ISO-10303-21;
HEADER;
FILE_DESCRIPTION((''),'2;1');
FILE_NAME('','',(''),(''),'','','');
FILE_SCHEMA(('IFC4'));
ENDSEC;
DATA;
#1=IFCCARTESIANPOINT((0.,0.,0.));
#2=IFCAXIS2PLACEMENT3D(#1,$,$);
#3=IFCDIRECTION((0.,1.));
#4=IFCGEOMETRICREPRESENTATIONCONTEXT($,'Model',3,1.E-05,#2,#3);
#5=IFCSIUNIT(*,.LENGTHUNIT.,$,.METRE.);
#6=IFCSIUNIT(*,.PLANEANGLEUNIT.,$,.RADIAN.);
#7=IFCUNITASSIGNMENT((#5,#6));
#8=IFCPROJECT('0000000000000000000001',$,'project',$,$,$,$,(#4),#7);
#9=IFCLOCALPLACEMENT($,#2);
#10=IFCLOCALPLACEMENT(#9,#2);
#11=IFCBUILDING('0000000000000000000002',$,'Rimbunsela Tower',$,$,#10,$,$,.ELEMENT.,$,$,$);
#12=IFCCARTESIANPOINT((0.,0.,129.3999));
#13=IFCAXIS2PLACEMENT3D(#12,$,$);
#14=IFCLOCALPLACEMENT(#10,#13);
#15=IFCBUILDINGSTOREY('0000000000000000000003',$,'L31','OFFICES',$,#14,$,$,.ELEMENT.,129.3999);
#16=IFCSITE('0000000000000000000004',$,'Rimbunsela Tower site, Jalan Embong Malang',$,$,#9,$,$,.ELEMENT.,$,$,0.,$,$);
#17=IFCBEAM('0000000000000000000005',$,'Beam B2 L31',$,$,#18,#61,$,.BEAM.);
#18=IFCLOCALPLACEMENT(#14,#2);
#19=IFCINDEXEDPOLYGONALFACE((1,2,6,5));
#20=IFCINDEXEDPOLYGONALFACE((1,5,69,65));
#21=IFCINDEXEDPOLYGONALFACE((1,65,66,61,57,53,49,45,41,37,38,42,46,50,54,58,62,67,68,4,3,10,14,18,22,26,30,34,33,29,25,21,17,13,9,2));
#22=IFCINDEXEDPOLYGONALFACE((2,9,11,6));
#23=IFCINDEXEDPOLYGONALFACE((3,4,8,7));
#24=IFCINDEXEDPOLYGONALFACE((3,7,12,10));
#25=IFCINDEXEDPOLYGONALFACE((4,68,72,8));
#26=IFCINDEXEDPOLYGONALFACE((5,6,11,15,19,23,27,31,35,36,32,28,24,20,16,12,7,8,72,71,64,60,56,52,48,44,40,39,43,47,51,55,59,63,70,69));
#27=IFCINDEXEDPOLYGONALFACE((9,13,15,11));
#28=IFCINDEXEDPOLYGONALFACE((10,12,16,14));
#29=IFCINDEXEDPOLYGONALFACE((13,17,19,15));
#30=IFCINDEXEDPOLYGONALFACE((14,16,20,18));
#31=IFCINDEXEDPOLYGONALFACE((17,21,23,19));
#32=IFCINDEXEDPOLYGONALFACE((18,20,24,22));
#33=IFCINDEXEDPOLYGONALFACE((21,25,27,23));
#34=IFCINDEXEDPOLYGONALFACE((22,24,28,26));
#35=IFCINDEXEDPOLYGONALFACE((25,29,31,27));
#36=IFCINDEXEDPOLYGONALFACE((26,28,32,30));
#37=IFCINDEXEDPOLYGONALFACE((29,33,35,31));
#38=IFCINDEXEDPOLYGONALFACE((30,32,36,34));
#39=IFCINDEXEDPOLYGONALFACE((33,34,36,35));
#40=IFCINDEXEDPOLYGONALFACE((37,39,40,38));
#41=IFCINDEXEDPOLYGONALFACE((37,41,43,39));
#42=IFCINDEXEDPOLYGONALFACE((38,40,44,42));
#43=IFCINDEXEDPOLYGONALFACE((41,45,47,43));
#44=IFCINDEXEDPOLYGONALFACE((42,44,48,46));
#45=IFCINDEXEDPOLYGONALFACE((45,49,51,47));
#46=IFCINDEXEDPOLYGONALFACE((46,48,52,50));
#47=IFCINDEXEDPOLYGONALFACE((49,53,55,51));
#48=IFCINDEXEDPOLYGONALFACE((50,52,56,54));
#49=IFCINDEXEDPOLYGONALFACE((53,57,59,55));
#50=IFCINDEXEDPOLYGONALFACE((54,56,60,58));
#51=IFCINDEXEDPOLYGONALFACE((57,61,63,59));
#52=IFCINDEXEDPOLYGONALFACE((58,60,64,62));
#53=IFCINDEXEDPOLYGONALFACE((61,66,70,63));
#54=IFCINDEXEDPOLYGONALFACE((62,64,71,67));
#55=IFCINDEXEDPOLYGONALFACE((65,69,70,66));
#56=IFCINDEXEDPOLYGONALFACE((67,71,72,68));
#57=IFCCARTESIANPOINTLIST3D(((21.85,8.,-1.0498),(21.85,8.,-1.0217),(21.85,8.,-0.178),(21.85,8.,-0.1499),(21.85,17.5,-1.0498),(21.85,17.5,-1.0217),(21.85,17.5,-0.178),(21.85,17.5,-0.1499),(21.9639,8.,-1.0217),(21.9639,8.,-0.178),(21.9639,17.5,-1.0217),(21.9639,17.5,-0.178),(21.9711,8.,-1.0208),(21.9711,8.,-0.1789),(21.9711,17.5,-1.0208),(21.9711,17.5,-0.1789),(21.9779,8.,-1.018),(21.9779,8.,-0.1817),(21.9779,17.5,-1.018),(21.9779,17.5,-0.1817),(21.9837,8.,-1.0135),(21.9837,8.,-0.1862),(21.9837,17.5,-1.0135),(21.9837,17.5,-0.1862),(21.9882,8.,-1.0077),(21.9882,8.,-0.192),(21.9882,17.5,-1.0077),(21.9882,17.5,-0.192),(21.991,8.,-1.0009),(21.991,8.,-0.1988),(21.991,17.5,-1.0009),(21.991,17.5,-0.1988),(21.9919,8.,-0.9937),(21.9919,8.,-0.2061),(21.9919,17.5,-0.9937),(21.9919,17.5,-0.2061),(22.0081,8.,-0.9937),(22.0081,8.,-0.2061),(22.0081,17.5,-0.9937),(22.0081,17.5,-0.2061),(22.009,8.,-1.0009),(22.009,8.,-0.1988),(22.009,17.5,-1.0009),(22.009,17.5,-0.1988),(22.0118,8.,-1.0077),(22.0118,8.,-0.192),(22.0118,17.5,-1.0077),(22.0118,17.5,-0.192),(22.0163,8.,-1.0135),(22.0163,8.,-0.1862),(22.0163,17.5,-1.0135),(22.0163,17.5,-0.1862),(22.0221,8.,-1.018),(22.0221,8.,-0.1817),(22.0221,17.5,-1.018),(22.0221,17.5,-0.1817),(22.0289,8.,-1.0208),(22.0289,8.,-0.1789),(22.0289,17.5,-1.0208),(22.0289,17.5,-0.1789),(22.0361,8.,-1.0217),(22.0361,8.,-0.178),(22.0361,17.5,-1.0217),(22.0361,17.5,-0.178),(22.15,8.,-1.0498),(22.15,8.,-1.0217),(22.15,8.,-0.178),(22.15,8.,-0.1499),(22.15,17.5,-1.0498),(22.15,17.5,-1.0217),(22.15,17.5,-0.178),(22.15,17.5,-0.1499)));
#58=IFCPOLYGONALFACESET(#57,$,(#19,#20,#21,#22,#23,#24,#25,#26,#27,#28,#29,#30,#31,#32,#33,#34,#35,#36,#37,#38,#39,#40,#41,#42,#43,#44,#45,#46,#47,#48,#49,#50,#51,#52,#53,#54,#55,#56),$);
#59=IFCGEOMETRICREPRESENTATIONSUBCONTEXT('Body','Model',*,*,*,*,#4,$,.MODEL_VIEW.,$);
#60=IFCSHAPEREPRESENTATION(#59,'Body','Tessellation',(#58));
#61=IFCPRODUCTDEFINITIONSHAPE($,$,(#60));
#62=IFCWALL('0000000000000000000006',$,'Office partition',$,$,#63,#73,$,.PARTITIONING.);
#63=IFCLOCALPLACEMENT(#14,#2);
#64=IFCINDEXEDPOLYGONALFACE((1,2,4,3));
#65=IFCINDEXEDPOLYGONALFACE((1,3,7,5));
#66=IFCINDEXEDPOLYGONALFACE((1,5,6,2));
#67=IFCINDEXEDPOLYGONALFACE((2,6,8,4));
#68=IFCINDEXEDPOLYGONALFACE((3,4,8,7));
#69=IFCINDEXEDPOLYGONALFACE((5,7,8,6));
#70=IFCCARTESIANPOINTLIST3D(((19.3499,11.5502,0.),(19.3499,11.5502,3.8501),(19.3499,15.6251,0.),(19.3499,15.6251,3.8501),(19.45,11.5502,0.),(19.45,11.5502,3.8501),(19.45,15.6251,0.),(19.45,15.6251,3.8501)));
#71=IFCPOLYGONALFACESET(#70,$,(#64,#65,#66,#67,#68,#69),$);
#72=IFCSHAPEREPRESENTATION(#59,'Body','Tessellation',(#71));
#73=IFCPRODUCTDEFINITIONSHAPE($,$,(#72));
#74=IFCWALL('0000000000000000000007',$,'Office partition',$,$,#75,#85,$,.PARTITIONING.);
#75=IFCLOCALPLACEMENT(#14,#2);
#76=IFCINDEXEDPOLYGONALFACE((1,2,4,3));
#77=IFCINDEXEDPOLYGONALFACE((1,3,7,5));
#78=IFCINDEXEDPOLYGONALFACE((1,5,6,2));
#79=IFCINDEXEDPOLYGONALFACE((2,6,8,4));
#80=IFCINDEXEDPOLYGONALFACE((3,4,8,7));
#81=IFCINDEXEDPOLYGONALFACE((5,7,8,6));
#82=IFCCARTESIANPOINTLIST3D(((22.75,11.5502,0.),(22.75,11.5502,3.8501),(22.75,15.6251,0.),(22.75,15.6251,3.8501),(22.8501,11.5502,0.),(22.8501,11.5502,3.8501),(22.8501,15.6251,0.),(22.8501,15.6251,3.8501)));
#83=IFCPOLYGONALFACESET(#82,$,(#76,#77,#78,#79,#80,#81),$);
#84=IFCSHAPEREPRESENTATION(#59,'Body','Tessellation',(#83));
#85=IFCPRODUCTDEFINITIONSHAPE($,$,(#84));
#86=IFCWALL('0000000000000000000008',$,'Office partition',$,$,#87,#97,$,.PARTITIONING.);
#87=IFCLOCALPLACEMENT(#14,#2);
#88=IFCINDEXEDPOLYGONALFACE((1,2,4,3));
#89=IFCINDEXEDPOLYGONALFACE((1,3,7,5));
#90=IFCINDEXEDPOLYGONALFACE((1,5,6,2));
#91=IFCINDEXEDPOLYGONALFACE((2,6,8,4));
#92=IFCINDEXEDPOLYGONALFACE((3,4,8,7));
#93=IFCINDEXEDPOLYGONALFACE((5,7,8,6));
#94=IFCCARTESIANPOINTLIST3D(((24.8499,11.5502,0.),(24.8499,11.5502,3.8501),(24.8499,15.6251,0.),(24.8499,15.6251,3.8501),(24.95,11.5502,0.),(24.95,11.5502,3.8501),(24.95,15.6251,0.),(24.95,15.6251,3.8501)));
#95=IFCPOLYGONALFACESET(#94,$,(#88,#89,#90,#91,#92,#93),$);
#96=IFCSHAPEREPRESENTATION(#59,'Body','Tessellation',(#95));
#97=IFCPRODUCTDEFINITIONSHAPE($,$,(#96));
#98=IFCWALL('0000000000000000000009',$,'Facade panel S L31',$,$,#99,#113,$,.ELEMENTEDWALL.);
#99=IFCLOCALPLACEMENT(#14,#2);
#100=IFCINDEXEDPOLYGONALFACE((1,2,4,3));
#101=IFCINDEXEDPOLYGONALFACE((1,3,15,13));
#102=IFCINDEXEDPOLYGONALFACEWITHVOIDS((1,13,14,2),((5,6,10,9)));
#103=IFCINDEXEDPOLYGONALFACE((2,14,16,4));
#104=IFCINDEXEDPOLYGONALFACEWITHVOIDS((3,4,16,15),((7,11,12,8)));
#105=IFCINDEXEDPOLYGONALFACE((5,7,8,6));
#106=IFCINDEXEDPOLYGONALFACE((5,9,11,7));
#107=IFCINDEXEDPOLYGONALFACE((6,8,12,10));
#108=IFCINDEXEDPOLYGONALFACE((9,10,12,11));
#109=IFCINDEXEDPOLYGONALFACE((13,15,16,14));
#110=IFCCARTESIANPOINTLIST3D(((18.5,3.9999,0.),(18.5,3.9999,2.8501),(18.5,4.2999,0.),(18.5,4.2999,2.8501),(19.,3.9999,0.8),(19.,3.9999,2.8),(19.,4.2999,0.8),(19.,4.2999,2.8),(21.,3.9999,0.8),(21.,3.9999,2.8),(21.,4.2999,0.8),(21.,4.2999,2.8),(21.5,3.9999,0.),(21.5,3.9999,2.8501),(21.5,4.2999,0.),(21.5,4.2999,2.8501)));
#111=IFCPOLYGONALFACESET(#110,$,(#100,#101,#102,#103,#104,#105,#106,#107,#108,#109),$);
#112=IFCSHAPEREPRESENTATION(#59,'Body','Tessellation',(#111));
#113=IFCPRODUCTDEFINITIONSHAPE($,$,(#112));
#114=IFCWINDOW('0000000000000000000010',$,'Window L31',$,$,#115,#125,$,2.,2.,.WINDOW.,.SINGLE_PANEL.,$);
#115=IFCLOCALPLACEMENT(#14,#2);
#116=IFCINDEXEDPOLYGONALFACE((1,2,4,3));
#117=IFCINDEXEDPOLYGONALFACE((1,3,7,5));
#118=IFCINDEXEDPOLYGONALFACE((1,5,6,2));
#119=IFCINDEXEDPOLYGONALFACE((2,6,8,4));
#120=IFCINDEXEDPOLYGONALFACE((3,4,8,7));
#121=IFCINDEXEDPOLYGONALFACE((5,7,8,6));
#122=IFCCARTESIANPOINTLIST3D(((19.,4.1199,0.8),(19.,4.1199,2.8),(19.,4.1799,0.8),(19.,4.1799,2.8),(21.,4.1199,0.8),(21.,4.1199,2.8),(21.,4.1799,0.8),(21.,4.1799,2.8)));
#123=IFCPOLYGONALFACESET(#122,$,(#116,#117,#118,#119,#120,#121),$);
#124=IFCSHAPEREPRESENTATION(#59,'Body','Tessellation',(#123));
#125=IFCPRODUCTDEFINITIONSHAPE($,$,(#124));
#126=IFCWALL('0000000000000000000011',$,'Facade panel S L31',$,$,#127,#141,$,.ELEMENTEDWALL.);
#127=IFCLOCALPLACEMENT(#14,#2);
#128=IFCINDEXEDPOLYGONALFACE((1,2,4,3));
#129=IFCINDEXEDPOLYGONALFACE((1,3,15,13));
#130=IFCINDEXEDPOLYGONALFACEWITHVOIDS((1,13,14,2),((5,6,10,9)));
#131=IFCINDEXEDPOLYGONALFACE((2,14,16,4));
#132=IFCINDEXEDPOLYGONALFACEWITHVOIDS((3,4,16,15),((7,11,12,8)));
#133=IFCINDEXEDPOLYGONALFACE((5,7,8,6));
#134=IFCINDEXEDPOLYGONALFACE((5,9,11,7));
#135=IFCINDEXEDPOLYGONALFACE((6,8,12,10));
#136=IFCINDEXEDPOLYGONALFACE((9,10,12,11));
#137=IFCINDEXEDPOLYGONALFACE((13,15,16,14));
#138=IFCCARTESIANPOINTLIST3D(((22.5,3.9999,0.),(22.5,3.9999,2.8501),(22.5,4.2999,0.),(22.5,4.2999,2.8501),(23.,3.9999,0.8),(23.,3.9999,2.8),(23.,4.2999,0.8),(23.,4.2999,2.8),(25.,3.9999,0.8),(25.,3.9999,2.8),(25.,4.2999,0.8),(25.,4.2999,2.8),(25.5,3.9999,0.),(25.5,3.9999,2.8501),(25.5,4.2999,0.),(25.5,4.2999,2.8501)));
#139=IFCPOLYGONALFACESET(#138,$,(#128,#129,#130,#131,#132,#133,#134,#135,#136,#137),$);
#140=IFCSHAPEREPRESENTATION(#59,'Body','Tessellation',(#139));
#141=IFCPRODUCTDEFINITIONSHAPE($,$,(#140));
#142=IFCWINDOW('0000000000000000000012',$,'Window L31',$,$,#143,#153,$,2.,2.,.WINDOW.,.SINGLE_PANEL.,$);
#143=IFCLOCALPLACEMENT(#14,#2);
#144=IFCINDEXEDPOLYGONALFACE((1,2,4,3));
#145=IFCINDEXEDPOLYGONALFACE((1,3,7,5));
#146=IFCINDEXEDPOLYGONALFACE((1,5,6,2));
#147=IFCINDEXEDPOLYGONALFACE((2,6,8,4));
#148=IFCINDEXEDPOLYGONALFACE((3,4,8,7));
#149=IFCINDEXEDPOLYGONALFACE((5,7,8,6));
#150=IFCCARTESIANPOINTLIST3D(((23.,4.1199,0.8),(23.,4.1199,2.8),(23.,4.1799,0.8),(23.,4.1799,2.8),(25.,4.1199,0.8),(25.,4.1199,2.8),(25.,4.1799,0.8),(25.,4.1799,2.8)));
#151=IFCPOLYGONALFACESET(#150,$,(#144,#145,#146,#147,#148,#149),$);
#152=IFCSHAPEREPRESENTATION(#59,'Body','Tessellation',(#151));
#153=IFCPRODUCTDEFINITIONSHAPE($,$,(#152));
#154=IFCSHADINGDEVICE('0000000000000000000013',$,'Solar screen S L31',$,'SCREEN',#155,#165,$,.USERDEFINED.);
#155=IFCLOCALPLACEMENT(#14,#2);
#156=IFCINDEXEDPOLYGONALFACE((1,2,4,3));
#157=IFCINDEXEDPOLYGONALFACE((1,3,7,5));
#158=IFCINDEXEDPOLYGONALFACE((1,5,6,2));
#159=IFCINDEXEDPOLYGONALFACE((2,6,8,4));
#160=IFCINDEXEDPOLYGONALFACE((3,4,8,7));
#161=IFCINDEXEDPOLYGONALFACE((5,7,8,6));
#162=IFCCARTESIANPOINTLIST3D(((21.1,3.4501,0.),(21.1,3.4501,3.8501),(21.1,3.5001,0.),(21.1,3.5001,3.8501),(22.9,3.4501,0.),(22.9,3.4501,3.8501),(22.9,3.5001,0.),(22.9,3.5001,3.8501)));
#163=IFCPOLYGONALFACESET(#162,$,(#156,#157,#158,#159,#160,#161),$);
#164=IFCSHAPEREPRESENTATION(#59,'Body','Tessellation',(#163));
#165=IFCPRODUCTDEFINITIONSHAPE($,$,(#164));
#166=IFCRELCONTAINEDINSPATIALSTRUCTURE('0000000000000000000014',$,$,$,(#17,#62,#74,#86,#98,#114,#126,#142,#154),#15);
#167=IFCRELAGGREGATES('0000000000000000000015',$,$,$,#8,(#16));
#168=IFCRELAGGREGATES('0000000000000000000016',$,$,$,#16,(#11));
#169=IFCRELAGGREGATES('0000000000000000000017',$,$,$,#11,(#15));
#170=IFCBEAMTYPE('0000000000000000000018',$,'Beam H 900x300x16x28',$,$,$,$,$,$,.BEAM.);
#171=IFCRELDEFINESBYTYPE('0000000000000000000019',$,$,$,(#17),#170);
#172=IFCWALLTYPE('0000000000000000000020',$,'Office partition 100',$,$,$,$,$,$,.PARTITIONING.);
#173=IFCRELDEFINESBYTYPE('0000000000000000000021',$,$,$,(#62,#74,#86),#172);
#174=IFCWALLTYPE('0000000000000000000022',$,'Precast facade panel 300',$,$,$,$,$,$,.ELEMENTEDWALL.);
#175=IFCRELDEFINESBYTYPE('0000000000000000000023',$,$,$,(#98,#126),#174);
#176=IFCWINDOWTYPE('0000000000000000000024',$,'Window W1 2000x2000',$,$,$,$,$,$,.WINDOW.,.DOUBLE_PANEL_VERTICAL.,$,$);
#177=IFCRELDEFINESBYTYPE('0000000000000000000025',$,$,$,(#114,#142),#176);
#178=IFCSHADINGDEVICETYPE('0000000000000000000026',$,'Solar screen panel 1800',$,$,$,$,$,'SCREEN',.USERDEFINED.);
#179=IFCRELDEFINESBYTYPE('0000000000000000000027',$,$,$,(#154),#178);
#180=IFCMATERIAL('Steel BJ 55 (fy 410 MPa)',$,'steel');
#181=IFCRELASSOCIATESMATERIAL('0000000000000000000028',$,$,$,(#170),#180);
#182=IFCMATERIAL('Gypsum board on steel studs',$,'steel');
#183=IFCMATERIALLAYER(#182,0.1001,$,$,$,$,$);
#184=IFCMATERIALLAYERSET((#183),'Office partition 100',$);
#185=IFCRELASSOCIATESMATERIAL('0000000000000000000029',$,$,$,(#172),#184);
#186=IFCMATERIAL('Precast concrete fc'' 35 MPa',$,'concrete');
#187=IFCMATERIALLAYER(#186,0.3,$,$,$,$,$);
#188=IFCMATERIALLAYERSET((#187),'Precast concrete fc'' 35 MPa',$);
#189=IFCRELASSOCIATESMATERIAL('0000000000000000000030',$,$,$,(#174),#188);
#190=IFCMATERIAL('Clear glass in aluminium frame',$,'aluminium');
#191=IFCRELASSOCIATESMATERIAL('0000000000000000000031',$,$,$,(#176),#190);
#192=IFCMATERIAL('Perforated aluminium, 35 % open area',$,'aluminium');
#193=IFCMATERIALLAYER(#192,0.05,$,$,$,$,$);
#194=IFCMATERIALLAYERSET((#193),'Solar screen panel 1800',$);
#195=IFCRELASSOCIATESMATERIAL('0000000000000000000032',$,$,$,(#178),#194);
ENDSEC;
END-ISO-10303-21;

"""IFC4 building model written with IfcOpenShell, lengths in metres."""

from ifc_helpers import new_model, si_unit, direction, frame, frame_2d, origin, origin_2d, place, context, subcontext, project, spatial, rectangle, i_section, extrude, material, layer, layer_set, material_profile, profile_set, type_object, element, fill, save


model = new_model("IFC4")

# Units and contexts
model_context = context("Model", 3, precision=1e-05, world=origin(), true_north=direction((0.0, 1.0)))
body_context = subcontext(model_context, "Body", "Model", "MODEL_VIEW")
ifc_project = project(units=[si_unit("LENGTHUNIT", "METRE"), si_unit("PLANEANGLEUNIT", "RADIAN")], contexts=[model_context])

# Site, building, storey
site_placement = place(None, origin())
site = spatial("IfcSite", under=ifc_project, at=site_placement, Name="Rimbunsela Tower site, Jalan Embong Malang", CompositionType="ELEMENT", RefElevation=0.0)
building_placement = place(site_placement, origin())
building = spatial("IfcBuilding", under=site, at=building_placement, Name="Rimbunsela Tower", CompositionType="ELEMENT")
storey_placement = place(building_placement, frame((0.0, 0.0, 129.3999)))
storey = spatial("IfcBuildingStorey", under=building, at=storey_placement, Name="L31", Description="OFFICES", CompositionType="ELEMENT", Elevation=129.3999)

# Beam
ifc_material_1 = material(Name="Steel BJ 55 (fy 410 MPa)", Category="steel")
ifc_material_profile_1 = material_profile(ifc_material_1, i_section(OverallWidth=0.3, OverallDepth=0.8999, WebThickness=0.0161, FlangeThickness=0.0281, FilletRadius=0.0281, at=origin_2d()), Name="H 900x300x16x28")
ifc_profile_set_1 = profile_set([ifc_material_profile_1], Name="Steel BJ 55 (fy 410 MPa)")
beam_type_1 = type_object("IfcBeamType", Name="Beam H 900x300x16x28", PredefinedType="BEAM", material=ifc_profile_set_1)
beam_1_placement = place(storey_placement, frame((22.0, 8.0, -0.5999), z_axis=(0.0, 1.0, 0.0), x_axis=(-1.0, 0.0, 0.0)))
element("IfcBeam", 1, at=beam_1_placement, inside=storey, type_object=beam_type_1, Name="Beam B2 L31", PredefinedType="BEAM", context=body_context, shape_type="SweptSolid", body=[
    extrude(i_section(OverallWidth=0.3, OverallDepth=0.8999, WebThickness=0.0161, FlangeThickness=0.0281, FilletRadius=0.0281, at=origin_2d()), origin(), (0.0, 0.0, 1.0), 9.5),
])

# Walls
ifc_material_2 = material(Name="Gypsum board on steel studs", Category="steel")
ifc_layer_1 = layer(ifc_material_2, 0.1001)
ifc_layer_set_1 = layer_set([ifc_layer_1], Name="Office partition 100")
wall_type_1 = type_object("IfcWallType", Name="Office partition 100", PredefinedType="PARTITIONING", material=ifc_layer_set_1)
for number, where, z_axis, x_axis, name in (
    (2, (19.3999, 11.55, 0.0), (0.0, 0.0, 1.0), (0.0, 1.0, 0.0), "Office partition"),
    (3, (22.8, 11.55, 0.0), (0.0, 0.0, 1.0), (0.0, 1.0, 0.0), "Office partition"),
    (4, (24.8999, 11.55, 0.0), (0.0, 0.0, 1.0), (0.0, 1.0, 0.0), "Office partition"),
):
    element("IfcWall", number, at=place(storey_placement, frame(where, z_axis=z_axis, x_axis=x_axis)), inside=storey, type_object=wall_type_1, Name=name, PredefinedType="PARTITIONING", context=body_context, shape_type="SweptSolid", body=[
        extrude(rectangle(XDim=4.075, YDim=0.1001, at=frame_2d((2.0376, 0.0))), origin(), (0.0, 0.0, 1.0), 3.8501),
    ])

# Walls, openings, windows
ifc_material_3 = material(Name="Precast concrete fc' 35 MPa", Category="concrete")
ifc_layer_2 = layer(ifc_material_3, 0.3)
ifc_layer_set_2 = layer_set([ifc_layer_2], Name="Precast concrete fc' 35 MPa")
wall_type_2 = type_object("IfcWallType", Name="Precast facade panel 300", PredefinedType="ELEMENTEDWALL", material=ifc_layer_set_2)
wall_1_placement = place(storey_placement, frame((18.5, 4.1499, 0.0), z_axis=(0.0, 0.0, 1.0), x_axis=(1.0, 0.0, 0.0)))
wall_1 = element("IfcWall", 5, at=wall_1_placement, inside=storey, type_object=wall_type_2, Name="Facade panel S L31", PredefinedType="ELEMENTEDWALL", context=body_context, shape_type="SweptSolid", body=[
    extrude(rectangle(XDim=3.0, YDim=0.3, at=frame_2d((1.5, 0.0))), origin(), (0.0, 0.0, 1.0), 2.8501),
])
opening_1_placement = place(wall_1_placement, frame((0.5, 0.0, 0.8)))
opening_1 = element("IfcOpeningElement", 6, at=opening_1_placement, cuts=wall_1, PredefinedType="OPENING", context=body_context, shape_type="SweptSolid", body=[
    extrude(rectangle(XDim=2.0, YDim=2.0, at=frame_2d((1.0, 1.0))), frame((0.0, 0.1599, 0.0), z_axis=(0.0, -1.0, 0.0), x_axis=(1.0, 0.0, 0.0)), (0.0, 0.0, 1.0), 0.3201),
])
ifc_material_4 = material(Name="Clear glass in aluminium frame", Category="aluminium")
window_type = type_object("IfcWindowType", Name="Window W1 2000x2000", PartitioningType="DOUBLE_PANEL_VERTICAL", PredefinedType="WINDOW", material=ifc_material_4)
window_1_placement = place(opening_1_placement, origin())
window_1 = element("IfcWindow", 7, at=window_1_placement, inside=storey, type_object=window_type, Name="Window L31", OverallHeight=2.0, OverallWidth=2.0, PartitioningType="SINGLE_PANEL", PredefinedType="WINDOW", context=body_context, shape_type="SweptSolid", body=[
    extrude(rectangle(XDim=2.0, YDim=2.0, at=frame_2d((1.0, 1.0))), frame((0.0, 0.03, 0.0), z_axis=(0.0, -1.0, 0.0), x_axis=(1.0, 0.0, 0.0)), (0.0, 0.0, 1.0), 0.0601),
])
fill(opening_1, window_1)
wall_2_placement = place(storey_placement, frame((22.5, 4.1499, 0.0), z_axis=(0.0, 0.0, 1.0), x_axis=(1.0, 0.0, 0.0)))
wall_2 = element("IfcWall", 8, at=wall_2_placement, inside=storey, type_object=wall_type_2, Name="Facade panel S L31", PredefinedType="ELEMENTEDWALL", context=body_context, shape_type="SweptSolid", body=[
    extrude(rectangle(XDim=3.0, YDim=0.3, at=frame_2d((1.5, 0.0))), origin(), (0.0, 0.0, 1.0), 2.8501),
])
opening_2_placement = place(wall_2_placement, frame((0.5, 0.0, 0.8)))
opening_2 = element("IfcOpeningElement", 9, at=opening_2_placement, cuts=wall_2, PredefinedType="OPENING", context=body_context, shape_type="SweptSolid", body=[
    extrude(rectangle(XDim=2.0, YDim=2.0, at=frame_2d((1.0, 1.0))), frame((0.0, 0.1599, 0.0), z_axis=(0.0, -1.0, 0.0), x_axis=(1.0, 0.0, 0.0)), (0.0, 0.0, 1.0), 0.3201),
])
window_2_placement = place(opening_2_placement, origin())
window_2 = element("IfcWindow", 10, at=window_2_placement, inside=storey, type_object=window_type, Name="Window L31", OverallHeight=2.0, OverallWidth=2.0, PartitioningType="SINGLE_PANEL", PredefinedType="WINDOW", context=body_context, shape_type="SweptSolid", body=[
    extrude(rectangle(XDim=2.0, YDim=2.0, at=frame_2d((1.0, 1.0))), frame((0.0, 0.03, 0.0), z_axis=(0.0, -1.0, 0.0), x_axis=(1.0, 0.0, 0.0)), (0.0, 0.0, 1.0), 0.0601),
])
fill(opening_2, window_2)

# Shading device
ifc_material_5 = material(Name="Perforated aluminium, 35 % open area", Category="aluminium")
ifc_layer_3 = layer(ifc_material_5, 0.05)
ifc_layer_set_3 = layer_set([ifc_layer_3], Name="Solar screen panel 1800")
shading_device_type = type_object("IfcShadingDeviceType", Name="Solar screen panel 1800", ElementType="SCREEN", PredefinedType="USERDEFINED", material=ifc_layer_set_3)
shading_device_placement = place(storey_placement, frame((22.0, 3.4751, 0.0), z_axis=(0.0, 0.0, 1.0), x_axis=(1.0, 0.0, 0.0)))
element("IfcShadingDevice", 11, at=shading_device_placement, inside=storey, type_object=shading_device_type, Name="Solar screen S L31", ObjectType="SCREEN", PredefinedType="USERDEFINED", context=body_context, shape_type="SweptSolid", body=[
    extrude(rectangle(XDim=1.8, YDim=0.05, at=origin_2d()), origin(), (0.0, 0.0, 1.0), 3.8501),
])

save(model, "model.ifc")
